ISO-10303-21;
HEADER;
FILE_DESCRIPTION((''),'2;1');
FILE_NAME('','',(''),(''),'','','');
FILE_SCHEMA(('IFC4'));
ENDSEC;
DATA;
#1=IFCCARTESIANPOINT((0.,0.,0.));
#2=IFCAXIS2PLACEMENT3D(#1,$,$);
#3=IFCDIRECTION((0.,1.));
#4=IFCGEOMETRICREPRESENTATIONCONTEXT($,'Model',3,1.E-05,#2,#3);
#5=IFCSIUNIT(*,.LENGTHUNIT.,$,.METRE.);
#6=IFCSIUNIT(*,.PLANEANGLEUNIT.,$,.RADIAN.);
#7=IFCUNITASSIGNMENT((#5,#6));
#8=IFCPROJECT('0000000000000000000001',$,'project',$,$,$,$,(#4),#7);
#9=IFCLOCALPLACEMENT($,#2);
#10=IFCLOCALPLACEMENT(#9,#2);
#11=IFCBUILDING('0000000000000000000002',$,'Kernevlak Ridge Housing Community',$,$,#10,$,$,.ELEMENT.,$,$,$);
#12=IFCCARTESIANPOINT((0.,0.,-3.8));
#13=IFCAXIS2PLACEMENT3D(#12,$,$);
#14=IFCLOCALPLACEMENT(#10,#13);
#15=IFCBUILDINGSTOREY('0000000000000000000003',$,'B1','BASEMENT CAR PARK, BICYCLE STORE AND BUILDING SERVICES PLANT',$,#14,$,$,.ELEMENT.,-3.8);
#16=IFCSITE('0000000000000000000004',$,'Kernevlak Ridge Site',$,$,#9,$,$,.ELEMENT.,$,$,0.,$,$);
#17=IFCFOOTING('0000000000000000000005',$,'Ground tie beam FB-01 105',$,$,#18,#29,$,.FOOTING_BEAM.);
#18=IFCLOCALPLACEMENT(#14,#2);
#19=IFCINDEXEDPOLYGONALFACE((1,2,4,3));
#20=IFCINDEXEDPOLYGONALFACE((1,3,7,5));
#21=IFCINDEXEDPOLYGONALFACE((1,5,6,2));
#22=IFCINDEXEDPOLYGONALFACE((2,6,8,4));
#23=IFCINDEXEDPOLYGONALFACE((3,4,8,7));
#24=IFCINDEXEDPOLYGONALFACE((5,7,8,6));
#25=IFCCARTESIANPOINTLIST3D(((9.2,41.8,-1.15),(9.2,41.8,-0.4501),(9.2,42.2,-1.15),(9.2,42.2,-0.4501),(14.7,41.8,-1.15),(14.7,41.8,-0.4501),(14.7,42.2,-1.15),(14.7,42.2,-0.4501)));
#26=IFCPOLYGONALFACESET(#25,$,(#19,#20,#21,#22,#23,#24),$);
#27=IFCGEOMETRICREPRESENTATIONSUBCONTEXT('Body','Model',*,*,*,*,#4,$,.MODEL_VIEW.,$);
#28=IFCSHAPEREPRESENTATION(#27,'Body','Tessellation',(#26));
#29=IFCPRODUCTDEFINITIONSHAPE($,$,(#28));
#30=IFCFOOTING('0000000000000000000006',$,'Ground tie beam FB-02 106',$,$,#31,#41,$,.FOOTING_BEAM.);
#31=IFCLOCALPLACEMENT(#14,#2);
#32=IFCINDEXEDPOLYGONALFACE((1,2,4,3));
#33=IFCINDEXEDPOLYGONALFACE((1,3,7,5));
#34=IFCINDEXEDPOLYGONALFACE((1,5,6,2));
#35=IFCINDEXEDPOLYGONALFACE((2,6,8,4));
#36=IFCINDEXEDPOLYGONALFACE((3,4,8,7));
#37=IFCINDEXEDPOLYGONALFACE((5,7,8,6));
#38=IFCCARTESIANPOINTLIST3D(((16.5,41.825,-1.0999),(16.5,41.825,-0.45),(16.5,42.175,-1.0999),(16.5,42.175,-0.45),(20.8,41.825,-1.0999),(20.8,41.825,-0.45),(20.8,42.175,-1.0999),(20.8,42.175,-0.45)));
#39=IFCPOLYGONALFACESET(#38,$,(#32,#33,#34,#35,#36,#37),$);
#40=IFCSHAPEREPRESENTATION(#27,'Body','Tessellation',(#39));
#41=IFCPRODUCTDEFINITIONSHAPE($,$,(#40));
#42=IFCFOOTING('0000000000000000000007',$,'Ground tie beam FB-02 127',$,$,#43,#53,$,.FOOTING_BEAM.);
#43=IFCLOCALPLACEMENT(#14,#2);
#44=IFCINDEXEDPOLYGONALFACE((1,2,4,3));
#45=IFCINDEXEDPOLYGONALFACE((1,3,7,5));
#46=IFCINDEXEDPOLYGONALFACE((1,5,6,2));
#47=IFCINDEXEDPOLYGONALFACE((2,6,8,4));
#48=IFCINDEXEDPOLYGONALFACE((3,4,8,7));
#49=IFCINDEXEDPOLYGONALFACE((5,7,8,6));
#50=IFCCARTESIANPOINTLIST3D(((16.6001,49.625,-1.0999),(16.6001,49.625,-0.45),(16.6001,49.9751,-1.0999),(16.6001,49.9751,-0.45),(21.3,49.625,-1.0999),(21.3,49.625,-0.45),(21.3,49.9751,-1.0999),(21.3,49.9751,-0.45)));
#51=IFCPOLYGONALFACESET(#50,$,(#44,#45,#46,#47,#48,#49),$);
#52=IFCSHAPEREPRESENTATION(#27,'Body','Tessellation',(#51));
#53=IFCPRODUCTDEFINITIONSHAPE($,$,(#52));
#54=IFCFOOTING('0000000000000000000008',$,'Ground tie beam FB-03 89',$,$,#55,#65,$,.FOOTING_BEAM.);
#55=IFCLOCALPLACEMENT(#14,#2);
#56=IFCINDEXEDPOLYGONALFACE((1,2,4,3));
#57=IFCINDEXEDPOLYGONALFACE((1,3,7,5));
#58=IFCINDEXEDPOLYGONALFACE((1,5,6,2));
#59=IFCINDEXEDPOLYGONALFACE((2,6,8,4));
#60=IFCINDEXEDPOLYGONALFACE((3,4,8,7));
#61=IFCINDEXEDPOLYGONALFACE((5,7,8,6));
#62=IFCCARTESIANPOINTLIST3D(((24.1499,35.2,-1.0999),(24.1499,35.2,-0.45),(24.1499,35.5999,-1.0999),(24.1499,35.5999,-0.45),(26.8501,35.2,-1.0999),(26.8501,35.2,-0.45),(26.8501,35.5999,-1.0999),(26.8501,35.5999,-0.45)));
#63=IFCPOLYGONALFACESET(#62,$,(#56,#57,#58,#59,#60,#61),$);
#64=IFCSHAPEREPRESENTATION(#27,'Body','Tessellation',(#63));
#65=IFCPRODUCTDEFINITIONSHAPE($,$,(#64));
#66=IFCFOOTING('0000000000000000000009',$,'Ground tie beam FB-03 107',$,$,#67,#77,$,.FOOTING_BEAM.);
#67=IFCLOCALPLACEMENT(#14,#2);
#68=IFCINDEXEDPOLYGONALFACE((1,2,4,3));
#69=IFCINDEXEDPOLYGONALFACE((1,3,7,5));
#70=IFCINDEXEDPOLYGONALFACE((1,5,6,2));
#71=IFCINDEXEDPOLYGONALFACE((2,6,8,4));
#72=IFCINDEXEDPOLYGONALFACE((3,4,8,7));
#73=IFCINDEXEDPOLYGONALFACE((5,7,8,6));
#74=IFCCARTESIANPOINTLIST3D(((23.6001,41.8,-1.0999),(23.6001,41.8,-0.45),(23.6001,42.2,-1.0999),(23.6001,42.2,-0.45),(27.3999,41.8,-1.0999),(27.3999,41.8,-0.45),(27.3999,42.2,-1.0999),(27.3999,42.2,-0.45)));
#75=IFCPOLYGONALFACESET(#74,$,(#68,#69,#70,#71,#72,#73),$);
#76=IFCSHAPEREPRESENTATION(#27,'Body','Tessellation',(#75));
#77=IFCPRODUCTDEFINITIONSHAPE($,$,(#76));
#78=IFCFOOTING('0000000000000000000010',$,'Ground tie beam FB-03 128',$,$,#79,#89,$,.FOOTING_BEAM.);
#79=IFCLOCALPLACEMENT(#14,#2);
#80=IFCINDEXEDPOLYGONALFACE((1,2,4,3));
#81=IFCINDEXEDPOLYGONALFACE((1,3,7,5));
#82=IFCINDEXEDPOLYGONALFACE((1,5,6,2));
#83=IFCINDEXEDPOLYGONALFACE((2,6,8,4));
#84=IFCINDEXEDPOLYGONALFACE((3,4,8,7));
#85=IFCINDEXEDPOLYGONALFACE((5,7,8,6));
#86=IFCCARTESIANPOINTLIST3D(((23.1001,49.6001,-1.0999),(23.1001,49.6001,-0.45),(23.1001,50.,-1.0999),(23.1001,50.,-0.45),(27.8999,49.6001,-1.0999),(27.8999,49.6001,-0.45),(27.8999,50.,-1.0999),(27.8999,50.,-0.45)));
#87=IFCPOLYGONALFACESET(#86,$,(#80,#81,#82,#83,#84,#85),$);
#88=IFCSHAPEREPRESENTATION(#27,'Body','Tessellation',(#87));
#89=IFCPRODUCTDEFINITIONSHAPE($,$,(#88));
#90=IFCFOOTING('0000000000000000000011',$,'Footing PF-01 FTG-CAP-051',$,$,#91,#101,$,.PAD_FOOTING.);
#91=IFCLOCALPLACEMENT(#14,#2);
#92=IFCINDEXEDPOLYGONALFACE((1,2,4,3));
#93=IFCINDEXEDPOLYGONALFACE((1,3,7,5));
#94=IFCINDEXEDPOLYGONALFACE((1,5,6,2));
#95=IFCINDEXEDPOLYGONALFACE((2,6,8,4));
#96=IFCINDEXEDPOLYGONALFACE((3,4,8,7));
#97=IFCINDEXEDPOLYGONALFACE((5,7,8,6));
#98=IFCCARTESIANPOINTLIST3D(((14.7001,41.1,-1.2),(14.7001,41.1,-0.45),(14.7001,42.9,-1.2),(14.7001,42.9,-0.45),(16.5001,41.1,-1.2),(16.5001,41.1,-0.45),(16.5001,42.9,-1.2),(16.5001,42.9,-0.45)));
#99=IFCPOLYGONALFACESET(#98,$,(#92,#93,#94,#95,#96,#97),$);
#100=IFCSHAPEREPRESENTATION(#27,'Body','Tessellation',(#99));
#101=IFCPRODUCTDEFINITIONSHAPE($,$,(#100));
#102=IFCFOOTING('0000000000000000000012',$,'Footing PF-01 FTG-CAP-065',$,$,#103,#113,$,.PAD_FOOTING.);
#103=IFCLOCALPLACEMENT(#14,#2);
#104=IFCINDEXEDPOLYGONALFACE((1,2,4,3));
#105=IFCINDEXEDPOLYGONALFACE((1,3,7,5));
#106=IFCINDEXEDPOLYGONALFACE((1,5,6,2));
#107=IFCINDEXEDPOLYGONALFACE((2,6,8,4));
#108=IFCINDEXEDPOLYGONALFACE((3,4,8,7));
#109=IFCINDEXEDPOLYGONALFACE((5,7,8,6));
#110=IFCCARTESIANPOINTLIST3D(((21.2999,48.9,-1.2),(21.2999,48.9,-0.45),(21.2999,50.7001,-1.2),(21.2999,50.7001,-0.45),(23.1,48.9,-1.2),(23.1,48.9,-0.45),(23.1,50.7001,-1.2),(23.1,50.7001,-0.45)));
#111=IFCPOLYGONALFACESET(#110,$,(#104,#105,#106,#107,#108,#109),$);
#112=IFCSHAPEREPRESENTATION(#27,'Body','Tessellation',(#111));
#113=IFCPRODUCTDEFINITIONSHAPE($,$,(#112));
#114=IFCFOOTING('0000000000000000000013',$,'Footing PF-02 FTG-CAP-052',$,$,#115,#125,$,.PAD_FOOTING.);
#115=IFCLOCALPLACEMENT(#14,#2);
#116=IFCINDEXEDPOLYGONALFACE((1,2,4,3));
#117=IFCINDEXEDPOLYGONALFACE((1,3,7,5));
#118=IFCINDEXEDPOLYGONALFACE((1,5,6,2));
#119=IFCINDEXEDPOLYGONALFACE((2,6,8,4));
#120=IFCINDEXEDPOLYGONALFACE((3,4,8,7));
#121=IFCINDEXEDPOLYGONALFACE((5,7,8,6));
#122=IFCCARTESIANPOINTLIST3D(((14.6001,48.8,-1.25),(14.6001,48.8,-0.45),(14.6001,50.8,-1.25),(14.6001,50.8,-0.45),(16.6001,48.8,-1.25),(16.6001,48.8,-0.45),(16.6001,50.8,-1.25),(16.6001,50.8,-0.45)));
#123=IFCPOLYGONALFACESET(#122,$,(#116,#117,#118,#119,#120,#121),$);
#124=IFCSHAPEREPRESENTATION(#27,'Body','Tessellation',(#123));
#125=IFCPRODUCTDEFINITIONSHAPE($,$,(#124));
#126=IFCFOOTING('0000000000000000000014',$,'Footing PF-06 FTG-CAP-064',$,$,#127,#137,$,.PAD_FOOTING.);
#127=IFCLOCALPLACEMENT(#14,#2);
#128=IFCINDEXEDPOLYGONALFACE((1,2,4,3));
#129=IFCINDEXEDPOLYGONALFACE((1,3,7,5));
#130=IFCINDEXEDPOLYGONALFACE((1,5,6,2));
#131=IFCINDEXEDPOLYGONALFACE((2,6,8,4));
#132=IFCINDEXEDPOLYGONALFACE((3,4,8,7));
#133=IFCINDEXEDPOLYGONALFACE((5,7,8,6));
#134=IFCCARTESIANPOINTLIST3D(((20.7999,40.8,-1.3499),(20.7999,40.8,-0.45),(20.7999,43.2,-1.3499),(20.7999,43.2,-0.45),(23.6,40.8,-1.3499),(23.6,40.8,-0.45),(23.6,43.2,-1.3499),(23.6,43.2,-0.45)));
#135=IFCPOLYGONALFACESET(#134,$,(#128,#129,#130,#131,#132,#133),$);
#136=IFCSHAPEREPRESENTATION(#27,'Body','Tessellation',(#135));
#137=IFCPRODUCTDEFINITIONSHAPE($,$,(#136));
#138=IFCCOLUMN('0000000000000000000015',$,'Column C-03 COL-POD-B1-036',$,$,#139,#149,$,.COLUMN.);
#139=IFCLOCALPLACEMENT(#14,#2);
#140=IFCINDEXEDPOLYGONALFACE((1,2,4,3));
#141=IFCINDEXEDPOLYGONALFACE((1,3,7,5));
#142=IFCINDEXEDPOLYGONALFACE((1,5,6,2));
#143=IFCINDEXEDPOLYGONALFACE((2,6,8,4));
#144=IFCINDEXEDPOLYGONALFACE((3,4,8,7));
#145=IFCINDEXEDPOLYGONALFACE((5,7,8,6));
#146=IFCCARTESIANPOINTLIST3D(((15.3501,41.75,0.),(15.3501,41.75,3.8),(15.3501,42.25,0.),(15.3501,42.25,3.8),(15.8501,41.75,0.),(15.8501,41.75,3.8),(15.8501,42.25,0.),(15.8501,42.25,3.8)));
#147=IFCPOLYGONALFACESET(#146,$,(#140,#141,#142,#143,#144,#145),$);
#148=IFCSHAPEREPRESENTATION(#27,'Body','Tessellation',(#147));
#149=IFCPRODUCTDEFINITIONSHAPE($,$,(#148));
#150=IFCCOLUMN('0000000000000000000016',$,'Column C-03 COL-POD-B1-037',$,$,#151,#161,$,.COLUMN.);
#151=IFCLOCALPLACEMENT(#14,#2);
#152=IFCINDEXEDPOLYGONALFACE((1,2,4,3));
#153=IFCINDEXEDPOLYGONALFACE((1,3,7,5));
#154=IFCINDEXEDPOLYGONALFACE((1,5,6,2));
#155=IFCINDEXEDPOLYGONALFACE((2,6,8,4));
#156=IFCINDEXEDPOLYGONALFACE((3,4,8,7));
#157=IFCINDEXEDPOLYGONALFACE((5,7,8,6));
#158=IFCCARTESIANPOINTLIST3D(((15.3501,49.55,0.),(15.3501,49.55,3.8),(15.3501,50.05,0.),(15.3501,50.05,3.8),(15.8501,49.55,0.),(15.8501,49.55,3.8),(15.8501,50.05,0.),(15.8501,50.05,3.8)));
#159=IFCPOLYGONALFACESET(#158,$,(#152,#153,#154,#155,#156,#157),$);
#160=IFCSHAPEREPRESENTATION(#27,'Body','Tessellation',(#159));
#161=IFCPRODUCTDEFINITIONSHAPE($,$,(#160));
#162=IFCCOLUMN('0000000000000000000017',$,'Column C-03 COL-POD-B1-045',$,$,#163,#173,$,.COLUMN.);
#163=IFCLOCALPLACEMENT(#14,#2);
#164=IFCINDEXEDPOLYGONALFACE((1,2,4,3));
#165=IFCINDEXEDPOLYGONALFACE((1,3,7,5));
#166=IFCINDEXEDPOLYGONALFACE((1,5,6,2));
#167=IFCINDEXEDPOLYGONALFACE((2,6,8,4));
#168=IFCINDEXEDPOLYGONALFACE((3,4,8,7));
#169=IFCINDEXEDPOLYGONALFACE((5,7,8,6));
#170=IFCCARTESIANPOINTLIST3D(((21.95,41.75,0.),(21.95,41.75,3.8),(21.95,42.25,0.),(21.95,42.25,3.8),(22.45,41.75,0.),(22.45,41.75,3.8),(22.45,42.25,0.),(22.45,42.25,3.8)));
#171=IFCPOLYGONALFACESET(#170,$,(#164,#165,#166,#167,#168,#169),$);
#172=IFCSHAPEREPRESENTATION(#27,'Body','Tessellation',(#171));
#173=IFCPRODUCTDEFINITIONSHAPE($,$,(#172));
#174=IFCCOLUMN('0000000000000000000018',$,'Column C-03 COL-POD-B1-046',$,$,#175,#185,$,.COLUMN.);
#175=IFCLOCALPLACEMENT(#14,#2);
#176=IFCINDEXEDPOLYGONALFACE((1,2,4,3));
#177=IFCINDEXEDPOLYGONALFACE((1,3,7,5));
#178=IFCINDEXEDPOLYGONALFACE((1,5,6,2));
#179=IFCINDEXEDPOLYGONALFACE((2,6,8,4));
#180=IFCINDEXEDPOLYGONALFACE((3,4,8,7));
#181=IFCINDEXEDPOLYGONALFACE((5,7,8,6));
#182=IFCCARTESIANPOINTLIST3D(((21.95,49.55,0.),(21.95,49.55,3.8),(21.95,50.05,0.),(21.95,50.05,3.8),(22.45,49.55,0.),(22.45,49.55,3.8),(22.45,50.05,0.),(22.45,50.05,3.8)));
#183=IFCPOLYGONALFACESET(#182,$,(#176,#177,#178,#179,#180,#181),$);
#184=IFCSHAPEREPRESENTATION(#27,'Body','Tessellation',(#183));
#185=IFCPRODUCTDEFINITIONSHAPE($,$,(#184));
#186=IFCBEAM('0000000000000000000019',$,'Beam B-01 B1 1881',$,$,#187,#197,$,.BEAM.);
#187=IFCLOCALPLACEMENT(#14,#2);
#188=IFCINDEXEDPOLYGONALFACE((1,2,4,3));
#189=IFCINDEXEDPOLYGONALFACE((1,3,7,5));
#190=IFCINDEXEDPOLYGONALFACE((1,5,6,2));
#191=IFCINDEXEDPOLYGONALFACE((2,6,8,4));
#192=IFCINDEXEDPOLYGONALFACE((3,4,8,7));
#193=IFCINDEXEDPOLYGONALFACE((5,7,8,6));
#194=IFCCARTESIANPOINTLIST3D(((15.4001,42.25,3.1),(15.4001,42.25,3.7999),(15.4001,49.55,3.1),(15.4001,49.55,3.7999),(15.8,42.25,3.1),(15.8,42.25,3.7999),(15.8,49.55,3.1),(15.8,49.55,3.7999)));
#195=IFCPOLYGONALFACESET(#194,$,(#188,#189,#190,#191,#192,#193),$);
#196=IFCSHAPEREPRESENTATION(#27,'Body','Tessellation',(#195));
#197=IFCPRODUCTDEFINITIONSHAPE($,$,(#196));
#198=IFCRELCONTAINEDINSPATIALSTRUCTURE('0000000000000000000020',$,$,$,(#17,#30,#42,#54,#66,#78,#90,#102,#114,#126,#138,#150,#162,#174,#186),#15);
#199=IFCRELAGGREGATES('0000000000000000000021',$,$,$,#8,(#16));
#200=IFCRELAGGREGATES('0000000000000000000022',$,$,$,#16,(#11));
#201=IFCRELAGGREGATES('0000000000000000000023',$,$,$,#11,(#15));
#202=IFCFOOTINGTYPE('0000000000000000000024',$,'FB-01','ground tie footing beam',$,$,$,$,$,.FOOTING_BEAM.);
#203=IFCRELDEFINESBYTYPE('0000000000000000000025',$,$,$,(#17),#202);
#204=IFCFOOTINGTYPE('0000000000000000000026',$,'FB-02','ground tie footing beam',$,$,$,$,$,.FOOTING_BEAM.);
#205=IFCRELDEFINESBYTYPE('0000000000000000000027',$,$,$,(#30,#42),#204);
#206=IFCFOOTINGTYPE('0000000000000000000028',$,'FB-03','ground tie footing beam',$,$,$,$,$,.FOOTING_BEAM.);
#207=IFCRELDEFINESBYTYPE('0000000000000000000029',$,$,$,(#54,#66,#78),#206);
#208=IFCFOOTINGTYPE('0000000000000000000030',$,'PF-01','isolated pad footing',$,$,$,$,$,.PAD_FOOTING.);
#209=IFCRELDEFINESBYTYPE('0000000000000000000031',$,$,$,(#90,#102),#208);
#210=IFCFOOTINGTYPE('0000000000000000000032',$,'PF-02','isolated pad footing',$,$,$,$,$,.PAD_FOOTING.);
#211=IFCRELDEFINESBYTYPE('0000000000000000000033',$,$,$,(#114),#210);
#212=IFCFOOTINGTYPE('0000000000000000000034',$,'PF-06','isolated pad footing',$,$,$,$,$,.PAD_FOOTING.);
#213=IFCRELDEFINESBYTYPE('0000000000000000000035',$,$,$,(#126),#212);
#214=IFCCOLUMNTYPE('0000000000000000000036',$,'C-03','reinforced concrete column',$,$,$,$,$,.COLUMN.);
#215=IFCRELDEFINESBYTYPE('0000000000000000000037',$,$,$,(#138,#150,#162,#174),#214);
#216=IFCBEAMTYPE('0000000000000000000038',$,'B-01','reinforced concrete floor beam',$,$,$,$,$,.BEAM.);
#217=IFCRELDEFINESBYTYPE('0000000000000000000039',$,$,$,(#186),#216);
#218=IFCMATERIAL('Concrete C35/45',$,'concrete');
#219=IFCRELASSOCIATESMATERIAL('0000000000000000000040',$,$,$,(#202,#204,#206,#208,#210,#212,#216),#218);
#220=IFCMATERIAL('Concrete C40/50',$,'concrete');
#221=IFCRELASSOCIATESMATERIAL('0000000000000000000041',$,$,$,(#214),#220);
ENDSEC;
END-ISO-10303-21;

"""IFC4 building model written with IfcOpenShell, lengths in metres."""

from ifc_helpers import new_model, si_unit, direction, frame, origin, origin_2d, place, context, subcontext, project, spatial, rectangle, extrude, material, material_profile, profile_set, type_object, element, save


model = new_model("IFC4")

# Units and contexts
model_context = context("Model", 3, precision=1e-05, world=origin(), true_north=direction((0.0, 1.0)))
body_context = subcontext(model_context, "Body", "Model", "MODEL_VIEW")
ifc_project = project(units=[si_unit("LENGTHUNIT", "METRE"), si_unit("PLANEANGLEUNIT", "RADIAN")], contexts=[model_context])

# Site, building, storey
site_placement = place(None, origin())
site = spatial("IfcSite", under=ifc_project, at=site_placement, Name="Kernevlak Ridge Site", CompositionType="ELEMENT", RefElevation=0.0)
building_placement = place(site_placement, origin())
building = spatial("IfcBuilding", under=site, at=building_placement, Name="Kernevlak Ridge Housing Community", CompositionType="ELEMENT")
storey_placement = place(building_placement, frame((0.0, 0.0, -3.8)))
storey = spatial("IfcBuildingStorey", under=building, at=storey_placement, Name="B1", Description="BASEMENT CAR PARK, BICYCLE STORE AND BUILDING SERVICES PLANT", CompositionType="ELEMENT", Elevation=-3.8)

# Footings
ifc_material_1 = material(Name="Concrete C35/45", Category="concrete")
ifc_material_profile_1 = material_profile(ifc_material_1, rectangle(XDim=0.3999, YDim=0.7, at=origin_2d()), Name="RC 400x700")
ifc_profile_set_1 = profile_set([ifc_material_profile_1], Name="Concrete C35/45")
footing_type_1 = type_object("IfcFootingType", Name="FB-01", Description="ground tie footing beam", PredefinedType="FOOTING_BEAM", material=ifc_profile_set_1)
footing_1_placement = place(storey_placement, frame((9.2, 42.0, -0.8), z_axis=(1.0, 0.0, 0.0), x_axis=(0.0, 1.0, 0.0)))
element("IfcFooting", 1, at=footing_1_placement, inside=storey, type_object=footing_type_1, Name="Ground tie beam FB-01 105", PredefinedType="FOOTING_BEAM", context=body_context, shape_type="SweptSolid", body=[
    extrude(rectangle(XDim=0.3999, YDim=0.7, at=origin_2d()), origin(), (0.0, 0.0, 1.0), 5.5),
])
ifc_material_profile_2 = material_profile(ifc_material_1, rectangle(XDim=0.3501, YDim=0.6499, at=origin_2d()), Name="RC 350x650")
ifc_profile_set_2 = profile_set([ifc_material_profile_2], Name="Concrete C35/45")
footing_type_2 = type_object("IfcFootingType", Name="FB-02", Description="ground tie footing beam", PredefinedType="FOOTING_BEAM", material=ifc_profile_set_2)
footing_2_placement = place(storey_placement, frame((16.5, 42.0, -0.7749), z_axis=(1.0, 0.0, 0.0), x_axis=(0.0, 1.0, 0.0)))
element("IfcFooting", 2, at=footing_2_placement, inside=storey, type_object=footing_type_2, Name="Ground tie beam FB-02 106", PredefinedType="FOOTING_BEAM", context=body_context, shape_type="SweptSolid", body=[
    extrude(rectangle(XDim=0.3501, YDim=0.6499, at=origin_2d()), origin(), (0.0, 0.0, 1.0), 4.3),
])
footing_3_placement = place(storey_placement, frame((16.6001, 49.8, -0.7749), z_axis=(1.0, 0.0, 0.0), x_axis=(0.0, 1.0, 0.0)))
element("IfcFooting", 3, at=footing_3_placement, inside=storey, type_object=footing_type_2, Name="Ground tie beam FB-02 127", PredefinedType="FOOTING_BEAM", context=body_context, shape_type="SweptSolid", body=[
    extrude(rectangle(XDim=0.3501, YDim=0.6499, at=origin_2d()), origin(), (0.0, 0.0, 1.0), 4.7),
])
ifc_material_profile_3 = material_profile(ifc_material_1, rectangle(XDim=0.3999, YDim=0.6499, at=origin_2d()), Name="RC 400x650")
ifc_profile_set_3 = profile_set([ifc_material_profile_3], Name="Concrete C35/45")
footing_type_3 = type_object("IfcFootingType", Name="FB-03", Description="ground tie footing beam", PredefinedType="FOOTING_BEAM", material=ifc_profile_set_3)
footing_4_placement = place(storey_placement, frame((24.1499, 35.3999, -0.7749), z_axis=(1.0, 0.0, 0.0), x_axis=(0.0, 1.0, 0.0)))
element("IfcFooting", 4, at=footing_4_placement, inside=storey, type_object=footing_type_3, Name="Ground tie beam FB-03 89", PredefinedType="FOOTING_BEAM", context=body_context, shape_type="SweptSolid", body=[
    extrude(rectangle(XDim=0.3999, YDim=0.6499, at=origin_2d()), origin(), (0.0, 0.0, 1.0), 2.7002),
])
footing_5_placement = place(storey_placement, frame((23.6001, 42.0, -0.7749), z_axis=(1.0, 0.0, 0.0), x_axis=(0.0, 1.0, 0.0)))
element("IfcFooting", 5, at=footing_5_placement, inside=storey, type_object=footing_type_3, Name="Ground tie beam FB-03 107", PredefinedType="FOOTING_BEAM", context=body_context, shape_type="SweptSolid", body=[
    extrude(rectangle(XDim=0.3999, YDim=0.6499, at=origin_2d()), origin(), (0.0, 0.0, 1.0), 3.7998),
])
footing_6_placement = place(storey_placement, frame((23.1001, 49.8, -0.7749), z_axis=(1.0, 0.0, 0.0), x_axis=(0.0, 1.0, 0.0)))
element("IfcFooting", 6, at=footing_6_placement, inside=storey, type_object=footing_type_3, Name="Ground tie beam FB-03 128", PredefinedType="FOOTING_BEAM", context=body_context, shape_type="SweptSolid", body=[
    extrude(rectangle(XDim=0.3999, YDim=0.6499, at=origin_2d()), origin(), (0.0, 0.0, 1.0), 4.7998),
])
footing_type_4 = type_object("IfcFootingType", Name="PF-01", Description="isolated pad footing", PredefinedType="PAD_FOOTING", material=ifc_material_1)
for number, where, z_axis, x_axis, name in (
    (7, (15.6001, 42.0, -1.2), (0.0, 0.0, 1.0), (1.0, 0.0, 0.0), "Footing PF-01 FTG-CAP-051"),
    (8, (22.2, 49.8, -1.2), (0.0, 0.0, 1.0), (1.0, 0.0, 0.0), "Footing PF-01 FTG-CAP-065"),
):
    element("IfcFooting", number, at=place(storey_placement, frame(where, z_axis=z_axis, x_axis=x_axis)), inside=storey, type_object=footing_type_4, Name=name, PredefinedType="PAD_FOOTING", context=body_context, shape_type="SweptSolid", body=[
        extrude(rectangle(XDim=1.8, YDim=1.8, at=origin_2d()), origin(), (0.0, 0.0, 1.0), 0.75),
    ])
footing_type_5 = type_object("IfcFootingType", Name="PF-02", Description="isolated pad footing", PredefinedType="PAD_FOOTING", material=ifc_material_1)
footing_7_placement = place(storey_placement, frame((15.6001, 49.8, -1.25), z_axis=(0.0, 0.0, 1.0), x_axis=(1.0, 0.0, 0.0)))
element("IfcFooting", 9, at=footing_7_placement, inside=storey, type_object=footing_type_5, Name="Footing PF-02 FTG-CAP-052", PredefinedType="PAD_FOOTING", context=body_context, shape_type="SweptSolid", body=[
    extrude(rectangle(XDim=2.0, YDim=2.0, at=origin_2d()), origin(), (0.0, 0.0, 1.0), 0.8),
])
footing_type_6 = type_object("IfcFootingType", Name="PF-06", Description="isolated pad footing", PredefinedType="PAD_FOOTING", material=ifc_material_1)
footing_8_placement = place(storey_placement, frame((22.2, 42.0, -1.3499), z_axis=(0.0, 0.0, 1.0), x_axis=(1.0, 0.0, 0.0)))
element("IfcFooting", 10, at=footing_8_placement, inside=storey, type_object=footing_type_6, Name="Footing PF-06 FTG-CAP-064", PredefinedType="PAD_FOOTING", context=body_context, shape_type="SweptSolid", body=[
    extrude(rectangle(XDim=2.8, YDim=2.3999, at=origin_2d()), origin(), (0.0, 0.0, 1.0), 0.8999),
])

# Columns
ifc_material_2 = material(Name="Concrete C40/50", Category="concrete")
ifc_material_profile_4 = material_profile(ifc_material_2, rectangle(XDim=0.5, YDim=0.5, at=origin_2d()), Name="RC 500x500")
ifc_profile_set_4 = profile_set([ifc_material_profile_4], Name="Concrete C40/50")
column_type = type_object("IfcColumnType", Name="C-03", Description="reinforced concrete column", PredefinedType="COLUMN", material=ifc_profile_set_4)
for number, where, z_axis, x_axis, name in (
    (11, (15.6001, 42.0, 0.0), (0.0, 0.0, 1.0), (1.0, 0.0, 0.0), "Column C-03 COL-POD-B1-036"),
    (12, (15.6001, 49.8, 0.0), (0.0, 0.0, 1.0), (1.0, 0.0, 0.0), "Column C-03 COL-POD-B1-037"),
    (13, (22.2, 42.0, 0.0), (0.0, 0.0, 1.0), (1.0, 0.0, 0.0), "Column C-03 COL-POD-B1-045"),
    (14, (22.2, 49.8, 0.0), (0.0, 0.0, 1.0), (1.0, 0.0, 0.0), "Column C-03 COL-POD-B1-046"),
):
    element("IfcColumn", number, at=place(storey_placement, frame(where, z_axis=z_axis, x_axis=x_axis)), inside=storey, type_object=column_type, Name=name, PredefinedType="COLUMN", context=body_context, shape_type="SweptSolid", body=[
        extrude(rectangle(XDim=0.5, YDim=0.5, at=origin_2d()), origin(), (0.0, 0.0, 1.0), 3.8),
    ])

# Beam
ifc_material_profile_5 = material_profile(ifc_material_1, rectangle(XDim=0.3999, YDim=0.7, at=origin_2d()), Name="RC 400x700")
ifc_profile_set_5 = profile_set([ifc_material_profile_5], Name="Concrete C35/45")
beam_type_1 = type_object("IfcBeamType", Name="B-01", Description="reinforced concrete floor beam", PredefinedType="BEAM", material=ifc_profile_set_5)
beam_1_placement = place(storey_placement, frame((15.6001, 42.25, 3.45), z_axis=(0.0, 1.0, 0.0), x_axis=(-1.0, 0.0, 0.0)))
element("IfcBeam", 15, at=beam_1_placement, inside=storey, type_object=beam_type_1, Name="Beam B-01 B1 1881", PredefinedType="BEAM", context=body_context, shape_type="SweptSolid", body=[
    extrude(rectangle(XDim=0.3999, YDim=0.7, at=origin_2d()), origin(), (0.0, 0.0, 1.0), 7.3),
])

save(model, "model.ifc")
